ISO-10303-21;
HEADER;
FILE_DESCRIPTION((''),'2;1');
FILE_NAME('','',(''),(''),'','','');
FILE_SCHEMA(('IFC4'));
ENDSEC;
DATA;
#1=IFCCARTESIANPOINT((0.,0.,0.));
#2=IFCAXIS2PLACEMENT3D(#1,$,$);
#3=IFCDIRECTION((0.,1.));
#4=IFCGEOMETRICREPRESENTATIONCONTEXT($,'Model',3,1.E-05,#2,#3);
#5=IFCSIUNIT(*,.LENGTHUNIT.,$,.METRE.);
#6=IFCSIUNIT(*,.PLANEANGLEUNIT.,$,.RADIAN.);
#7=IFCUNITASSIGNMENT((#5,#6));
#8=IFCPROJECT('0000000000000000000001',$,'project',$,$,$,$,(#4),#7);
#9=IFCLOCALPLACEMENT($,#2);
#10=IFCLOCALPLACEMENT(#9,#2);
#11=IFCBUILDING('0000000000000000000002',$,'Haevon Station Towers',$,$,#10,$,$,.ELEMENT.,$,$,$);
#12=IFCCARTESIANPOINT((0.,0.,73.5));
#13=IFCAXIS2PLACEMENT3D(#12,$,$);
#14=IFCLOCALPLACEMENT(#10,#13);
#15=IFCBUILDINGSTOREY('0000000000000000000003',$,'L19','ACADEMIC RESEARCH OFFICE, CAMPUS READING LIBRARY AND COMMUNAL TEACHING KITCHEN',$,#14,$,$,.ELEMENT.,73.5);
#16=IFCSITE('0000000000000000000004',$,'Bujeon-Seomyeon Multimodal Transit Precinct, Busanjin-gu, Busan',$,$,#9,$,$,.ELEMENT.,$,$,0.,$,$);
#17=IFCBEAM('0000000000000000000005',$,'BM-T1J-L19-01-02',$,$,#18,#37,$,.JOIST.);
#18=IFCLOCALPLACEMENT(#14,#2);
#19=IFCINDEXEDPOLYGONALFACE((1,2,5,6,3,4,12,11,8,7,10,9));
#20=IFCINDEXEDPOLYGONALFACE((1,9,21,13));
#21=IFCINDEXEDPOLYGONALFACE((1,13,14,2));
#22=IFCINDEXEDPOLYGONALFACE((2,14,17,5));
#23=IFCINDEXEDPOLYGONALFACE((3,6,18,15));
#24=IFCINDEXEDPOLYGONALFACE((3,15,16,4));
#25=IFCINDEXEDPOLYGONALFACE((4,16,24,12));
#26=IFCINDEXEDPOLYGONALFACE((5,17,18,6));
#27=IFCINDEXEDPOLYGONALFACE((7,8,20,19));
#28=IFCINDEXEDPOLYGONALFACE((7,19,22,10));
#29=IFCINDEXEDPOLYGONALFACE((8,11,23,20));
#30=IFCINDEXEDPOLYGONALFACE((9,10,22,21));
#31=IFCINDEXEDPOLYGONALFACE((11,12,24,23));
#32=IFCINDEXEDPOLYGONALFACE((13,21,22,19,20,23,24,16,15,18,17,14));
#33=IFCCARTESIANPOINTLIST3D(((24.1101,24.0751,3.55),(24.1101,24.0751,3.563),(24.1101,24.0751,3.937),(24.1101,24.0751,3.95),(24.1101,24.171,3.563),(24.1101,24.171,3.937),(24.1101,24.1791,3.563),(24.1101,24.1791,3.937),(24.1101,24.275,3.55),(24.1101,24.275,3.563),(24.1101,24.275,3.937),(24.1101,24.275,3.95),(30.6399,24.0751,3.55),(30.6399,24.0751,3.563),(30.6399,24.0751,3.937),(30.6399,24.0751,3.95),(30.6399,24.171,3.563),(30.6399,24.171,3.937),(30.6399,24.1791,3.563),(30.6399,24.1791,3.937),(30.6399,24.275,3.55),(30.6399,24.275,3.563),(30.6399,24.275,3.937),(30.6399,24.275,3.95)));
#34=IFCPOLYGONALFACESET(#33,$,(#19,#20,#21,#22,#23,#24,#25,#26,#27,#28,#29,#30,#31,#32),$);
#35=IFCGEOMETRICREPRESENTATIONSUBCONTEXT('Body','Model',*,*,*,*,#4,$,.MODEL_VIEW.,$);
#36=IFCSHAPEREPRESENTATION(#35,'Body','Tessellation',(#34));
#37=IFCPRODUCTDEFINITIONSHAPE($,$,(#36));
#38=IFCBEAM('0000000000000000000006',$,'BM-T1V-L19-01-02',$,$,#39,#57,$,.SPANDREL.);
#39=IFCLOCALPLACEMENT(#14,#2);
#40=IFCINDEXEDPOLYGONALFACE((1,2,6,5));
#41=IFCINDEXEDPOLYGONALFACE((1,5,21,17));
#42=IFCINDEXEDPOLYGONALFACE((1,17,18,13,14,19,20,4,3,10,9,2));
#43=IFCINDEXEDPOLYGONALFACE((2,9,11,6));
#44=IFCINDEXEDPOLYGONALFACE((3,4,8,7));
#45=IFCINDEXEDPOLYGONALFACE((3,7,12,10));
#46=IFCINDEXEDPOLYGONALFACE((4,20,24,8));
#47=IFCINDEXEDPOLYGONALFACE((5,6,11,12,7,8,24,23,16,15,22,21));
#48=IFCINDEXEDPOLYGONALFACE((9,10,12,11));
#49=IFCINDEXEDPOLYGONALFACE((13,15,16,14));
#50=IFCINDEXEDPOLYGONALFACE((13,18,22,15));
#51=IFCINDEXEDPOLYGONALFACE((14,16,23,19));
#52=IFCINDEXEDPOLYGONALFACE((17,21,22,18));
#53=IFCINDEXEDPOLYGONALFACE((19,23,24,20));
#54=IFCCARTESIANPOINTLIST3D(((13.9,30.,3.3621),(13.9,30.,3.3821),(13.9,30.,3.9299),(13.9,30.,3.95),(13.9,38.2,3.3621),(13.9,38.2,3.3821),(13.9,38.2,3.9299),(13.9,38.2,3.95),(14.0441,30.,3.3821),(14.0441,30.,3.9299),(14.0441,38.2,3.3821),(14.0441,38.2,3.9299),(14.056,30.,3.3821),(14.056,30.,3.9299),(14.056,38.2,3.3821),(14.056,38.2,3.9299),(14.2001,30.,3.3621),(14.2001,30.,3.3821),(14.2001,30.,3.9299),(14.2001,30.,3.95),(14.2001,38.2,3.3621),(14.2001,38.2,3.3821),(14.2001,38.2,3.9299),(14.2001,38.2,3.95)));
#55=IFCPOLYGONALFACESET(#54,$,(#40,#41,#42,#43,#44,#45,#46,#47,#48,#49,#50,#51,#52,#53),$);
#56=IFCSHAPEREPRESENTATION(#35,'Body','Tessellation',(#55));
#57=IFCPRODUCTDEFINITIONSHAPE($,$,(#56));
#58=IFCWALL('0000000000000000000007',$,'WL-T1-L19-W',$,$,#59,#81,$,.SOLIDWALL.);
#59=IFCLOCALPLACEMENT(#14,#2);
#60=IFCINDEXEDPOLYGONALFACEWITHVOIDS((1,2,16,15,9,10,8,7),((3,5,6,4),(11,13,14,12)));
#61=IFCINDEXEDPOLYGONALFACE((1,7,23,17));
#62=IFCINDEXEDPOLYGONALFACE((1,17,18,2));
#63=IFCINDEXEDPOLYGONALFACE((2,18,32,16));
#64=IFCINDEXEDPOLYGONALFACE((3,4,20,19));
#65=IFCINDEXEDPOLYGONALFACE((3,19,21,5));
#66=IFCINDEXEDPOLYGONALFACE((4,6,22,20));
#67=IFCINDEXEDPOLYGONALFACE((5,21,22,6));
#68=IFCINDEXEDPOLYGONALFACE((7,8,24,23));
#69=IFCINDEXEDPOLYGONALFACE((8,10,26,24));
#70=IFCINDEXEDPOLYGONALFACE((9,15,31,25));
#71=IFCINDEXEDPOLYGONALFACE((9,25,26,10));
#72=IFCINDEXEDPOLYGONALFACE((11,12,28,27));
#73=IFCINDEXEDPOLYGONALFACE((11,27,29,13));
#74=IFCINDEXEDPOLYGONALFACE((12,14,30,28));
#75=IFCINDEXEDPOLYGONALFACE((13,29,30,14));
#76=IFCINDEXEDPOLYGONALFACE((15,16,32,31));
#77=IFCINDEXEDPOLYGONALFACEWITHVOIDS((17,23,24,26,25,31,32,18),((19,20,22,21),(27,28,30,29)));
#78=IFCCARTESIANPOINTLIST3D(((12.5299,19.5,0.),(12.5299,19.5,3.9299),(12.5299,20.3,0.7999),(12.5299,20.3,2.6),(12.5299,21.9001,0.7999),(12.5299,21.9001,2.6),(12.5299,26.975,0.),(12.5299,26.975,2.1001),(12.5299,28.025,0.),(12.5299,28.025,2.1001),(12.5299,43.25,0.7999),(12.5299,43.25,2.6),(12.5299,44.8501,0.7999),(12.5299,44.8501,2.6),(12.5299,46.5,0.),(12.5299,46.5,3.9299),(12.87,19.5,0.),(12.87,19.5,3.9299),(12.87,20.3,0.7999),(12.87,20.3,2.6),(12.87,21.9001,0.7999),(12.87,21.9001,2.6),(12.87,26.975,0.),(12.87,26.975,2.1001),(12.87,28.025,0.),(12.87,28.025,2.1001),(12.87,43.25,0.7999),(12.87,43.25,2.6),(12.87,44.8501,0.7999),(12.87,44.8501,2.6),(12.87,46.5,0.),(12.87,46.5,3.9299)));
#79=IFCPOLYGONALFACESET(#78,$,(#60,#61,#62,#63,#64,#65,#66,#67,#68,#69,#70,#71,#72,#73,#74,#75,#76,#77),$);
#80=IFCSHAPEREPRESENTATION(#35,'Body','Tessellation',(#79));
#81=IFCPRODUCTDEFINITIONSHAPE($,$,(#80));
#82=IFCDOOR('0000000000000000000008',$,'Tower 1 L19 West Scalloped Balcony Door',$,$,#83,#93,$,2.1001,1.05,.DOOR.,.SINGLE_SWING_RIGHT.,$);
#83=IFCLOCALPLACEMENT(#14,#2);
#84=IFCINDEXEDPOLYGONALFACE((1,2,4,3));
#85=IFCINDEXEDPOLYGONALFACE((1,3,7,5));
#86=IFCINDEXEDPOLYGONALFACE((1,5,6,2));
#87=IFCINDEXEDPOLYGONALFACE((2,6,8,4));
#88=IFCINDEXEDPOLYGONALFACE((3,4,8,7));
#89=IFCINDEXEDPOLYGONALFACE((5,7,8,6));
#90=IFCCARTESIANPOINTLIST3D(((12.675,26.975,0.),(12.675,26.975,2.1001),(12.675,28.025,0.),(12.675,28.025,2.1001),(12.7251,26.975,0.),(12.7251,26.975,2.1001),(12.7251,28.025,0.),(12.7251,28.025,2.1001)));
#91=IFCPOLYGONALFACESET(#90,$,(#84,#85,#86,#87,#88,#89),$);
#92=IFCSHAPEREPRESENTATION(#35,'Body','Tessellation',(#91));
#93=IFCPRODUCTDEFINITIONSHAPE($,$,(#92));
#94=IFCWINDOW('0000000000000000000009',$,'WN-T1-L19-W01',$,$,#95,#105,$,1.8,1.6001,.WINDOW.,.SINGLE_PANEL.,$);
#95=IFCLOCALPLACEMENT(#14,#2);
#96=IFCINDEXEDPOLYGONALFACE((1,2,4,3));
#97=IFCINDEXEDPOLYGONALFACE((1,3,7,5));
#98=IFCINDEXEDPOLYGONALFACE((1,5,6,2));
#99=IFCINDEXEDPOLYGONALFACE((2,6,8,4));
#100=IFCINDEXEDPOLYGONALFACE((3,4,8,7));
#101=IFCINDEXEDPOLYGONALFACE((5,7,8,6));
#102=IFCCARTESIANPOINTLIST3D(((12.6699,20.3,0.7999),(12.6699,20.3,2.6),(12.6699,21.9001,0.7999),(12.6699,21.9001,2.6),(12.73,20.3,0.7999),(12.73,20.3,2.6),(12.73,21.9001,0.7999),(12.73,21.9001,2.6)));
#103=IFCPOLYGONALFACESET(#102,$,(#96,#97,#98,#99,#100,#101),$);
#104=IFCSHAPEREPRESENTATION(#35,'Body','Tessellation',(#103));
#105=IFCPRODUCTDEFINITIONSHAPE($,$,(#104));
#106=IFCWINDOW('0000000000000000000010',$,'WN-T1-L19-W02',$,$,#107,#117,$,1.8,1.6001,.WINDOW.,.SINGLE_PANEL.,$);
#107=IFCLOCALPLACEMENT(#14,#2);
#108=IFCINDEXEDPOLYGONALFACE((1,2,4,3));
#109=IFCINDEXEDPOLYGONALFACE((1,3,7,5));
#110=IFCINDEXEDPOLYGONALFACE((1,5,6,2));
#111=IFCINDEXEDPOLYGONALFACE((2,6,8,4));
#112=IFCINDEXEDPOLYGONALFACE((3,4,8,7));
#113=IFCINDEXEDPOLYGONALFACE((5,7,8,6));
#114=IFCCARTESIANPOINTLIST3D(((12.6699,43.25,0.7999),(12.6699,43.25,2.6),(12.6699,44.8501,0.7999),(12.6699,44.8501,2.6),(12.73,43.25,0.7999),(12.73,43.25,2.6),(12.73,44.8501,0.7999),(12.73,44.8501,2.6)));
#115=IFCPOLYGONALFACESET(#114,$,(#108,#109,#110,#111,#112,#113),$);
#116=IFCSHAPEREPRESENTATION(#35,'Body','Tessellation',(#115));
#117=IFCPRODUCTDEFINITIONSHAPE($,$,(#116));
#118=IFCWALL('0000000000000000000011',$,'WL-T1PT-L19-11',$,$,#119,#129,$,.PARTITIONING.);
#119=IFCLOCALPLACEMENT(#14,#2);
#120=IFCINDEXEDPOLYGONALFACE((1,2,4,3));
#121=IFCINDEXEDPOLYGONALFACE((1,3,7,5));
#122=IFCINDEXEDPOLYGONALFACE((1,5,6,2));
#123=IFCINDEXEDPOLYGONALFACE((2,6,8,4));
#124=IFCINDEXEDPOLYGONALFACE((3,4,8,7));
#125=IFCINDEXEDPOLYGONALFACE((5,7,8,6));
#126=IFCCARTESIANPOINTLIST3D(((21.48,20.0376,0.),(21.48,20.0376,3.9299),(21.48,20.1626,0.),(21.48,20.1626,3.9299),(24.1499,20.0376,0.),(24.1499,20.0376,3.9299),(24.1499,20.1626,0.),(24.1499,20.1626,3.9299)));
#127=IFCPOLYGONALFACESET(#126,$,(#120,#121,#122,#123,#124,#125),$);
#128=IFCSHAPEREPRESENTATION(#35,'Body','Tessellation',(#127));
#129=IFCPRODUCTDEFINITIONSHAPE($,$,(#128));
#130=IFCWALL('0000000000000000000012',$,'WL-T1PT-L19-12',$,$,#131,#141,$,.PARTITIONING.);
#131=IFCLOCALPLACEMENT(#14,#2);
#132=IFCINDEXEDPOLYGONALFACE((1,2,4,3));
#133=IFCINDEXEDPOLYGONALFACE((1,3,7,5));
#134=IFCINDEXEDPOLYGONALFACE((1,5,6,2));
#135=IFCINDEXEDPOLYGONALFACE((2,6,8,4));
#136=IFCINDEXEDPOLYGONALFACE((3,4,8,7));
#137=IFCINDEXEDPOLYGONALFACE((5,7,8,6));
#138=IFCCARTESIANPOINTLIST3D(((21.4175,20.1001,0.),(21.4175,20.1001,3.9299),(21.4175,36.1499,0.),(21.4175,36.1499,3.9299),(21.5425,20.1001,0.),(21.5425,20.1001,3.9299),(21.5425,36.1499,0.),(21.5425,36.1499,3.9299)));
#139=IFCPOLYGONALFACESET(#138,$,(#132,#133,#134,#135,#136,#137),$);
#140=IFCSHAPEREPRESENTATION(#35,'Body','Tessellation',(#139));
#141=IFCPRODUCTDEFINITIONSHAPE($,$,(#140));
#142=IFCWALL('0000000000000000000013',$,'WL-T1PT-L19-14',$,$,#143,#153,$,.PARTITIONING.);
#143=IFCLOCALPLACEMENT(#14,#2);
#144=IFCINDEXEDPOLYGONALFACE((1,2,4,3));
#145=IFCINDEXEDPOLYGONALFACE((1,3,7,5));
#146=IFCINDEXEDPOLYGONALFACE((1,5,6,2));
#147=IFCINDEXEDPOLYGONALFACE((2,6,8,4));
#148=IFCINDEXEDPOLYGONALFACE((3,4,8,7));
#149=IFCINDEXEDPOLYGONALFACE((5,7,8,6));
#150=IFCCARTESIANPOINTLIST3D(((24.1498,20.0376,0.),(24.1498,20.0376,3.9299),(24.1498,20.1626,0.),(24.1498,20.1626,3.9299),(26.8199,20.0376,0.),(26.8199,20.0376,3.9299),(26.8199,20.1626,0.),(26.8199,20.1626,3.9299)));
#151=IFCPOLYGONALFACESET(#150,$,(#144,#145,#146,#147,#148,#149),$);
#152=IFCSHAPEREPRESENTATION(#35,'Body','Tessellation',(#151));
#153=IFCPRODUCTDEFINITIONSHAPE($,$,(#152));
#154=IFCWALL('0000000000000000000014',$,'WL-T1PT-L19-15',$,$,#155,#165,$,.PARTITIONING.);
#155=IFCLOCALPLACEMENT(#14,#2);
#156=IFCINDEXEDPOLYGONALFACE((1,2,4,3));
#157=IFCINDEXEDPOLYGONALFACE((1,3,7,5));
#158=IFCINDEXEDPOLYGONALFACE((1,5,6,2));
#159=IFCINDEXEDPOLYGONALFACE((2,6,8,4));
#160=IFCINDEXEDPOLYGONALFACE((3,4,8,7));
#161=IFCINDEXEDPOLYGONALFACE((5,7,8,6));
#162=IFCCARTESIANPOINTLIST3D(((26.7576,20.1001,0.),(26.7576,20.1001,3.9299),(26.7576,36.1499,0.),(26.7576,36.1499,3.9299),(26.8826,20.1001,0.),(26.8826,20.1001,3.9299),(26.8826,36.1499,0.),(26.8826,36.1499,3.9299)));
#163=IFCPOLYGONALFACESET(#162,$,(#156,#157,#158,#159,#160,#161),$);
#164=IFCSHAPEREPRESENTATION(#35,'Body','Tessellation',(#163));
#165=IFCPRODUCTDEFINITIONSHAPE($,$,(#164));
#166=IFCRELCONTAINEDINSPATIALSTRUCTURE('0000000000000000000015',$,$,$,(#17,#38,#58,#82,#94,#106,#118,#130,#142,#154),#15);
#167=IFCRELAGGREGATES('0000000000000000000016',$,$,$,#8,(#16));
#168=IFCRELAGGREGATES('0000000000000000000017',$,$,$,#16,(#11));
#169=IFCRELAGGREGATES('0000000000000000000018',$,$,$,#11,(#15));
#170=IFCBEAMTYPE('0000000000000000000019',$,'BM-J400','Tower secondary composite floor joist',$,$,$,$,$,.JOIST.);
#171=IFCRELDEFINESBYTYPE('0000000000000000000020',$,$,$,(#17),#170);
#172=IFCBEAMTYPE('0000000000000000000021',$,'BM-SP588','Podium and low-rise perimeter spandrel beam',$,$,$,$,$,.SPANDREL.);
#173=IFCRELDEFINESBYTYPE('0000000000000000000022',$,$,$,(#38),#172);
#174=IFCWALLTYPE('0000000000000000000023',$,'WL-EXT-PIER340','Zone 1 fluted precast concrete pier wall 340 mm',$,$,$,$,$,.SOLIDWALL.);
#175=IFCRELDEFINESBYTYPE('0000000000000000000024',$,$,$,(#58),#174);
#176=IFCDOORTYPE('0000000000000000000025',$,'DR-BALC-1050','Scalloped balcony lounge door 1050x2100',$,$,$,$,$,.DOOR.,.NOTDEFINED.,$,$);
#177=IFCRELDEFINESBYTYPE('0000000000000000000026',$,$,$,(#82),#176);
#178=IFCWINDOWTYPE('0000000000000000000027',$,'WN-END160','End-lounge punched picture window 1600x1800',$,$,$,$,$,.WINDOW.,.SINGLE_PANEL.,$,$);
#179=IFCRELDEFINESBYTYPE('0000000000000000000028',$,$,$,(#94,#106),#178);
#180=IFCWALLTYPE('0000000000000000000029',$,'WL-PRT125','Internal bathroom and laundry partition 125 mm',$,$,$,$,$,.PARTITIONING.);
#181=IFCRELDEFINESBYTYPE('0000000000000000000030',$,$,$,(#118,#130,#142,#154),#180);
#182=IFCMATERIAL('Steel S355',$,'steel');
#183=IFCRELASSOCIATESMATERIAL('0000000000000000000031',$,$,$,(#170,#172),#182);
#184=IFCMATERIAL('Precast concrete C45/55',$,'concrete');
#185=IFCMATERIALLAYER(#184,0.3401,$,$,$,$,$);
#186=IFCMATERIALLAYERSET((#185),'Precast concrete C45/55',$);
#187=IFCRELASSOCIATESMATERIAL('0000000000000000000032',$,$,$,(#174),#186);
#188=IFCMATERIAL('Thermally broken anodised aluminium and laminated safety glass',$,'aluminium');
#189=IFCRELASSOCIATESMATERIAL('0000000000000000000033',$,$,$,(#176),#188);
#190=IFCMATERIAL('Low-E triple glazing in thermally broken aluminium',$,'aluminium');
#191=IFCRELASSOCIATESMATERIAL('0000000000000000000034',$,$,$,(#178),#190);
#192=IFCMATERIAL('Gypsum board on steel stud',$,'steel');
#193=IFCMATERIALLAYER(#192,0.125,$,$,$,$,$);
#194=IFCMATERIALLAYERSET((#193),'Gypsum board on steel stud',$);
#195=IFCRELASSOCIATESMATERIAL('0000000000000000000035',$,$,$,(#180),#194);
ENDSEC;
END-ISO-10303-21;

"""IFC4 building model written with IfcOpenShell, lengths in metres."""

from ifc_helpers import new_model, si_unit, direction, frame, frame_2d, origin, origin_2d, place, context, subcontext, project, spatial, rectangle, i_section, extrude, material, layer, layer_set, material_profile, profile_set, type_object, element, fill, save


model = new_model("IFC4")

# Units and contexts
model_context = context("Model", 3, precision=1e-05, world=origin(), true_north=direction((0.0, 1.0)))
body_context = subcontext(model_context, "Body", "Model", "MODEL_VIEW")
ifc_project = project(units=[si_unit("LENGTHUNIT", "METRE"), si_unit("PLANEANGLEUNIT", "RADIAN")], contexts=[model_context])

# Site, building, storey
site_placement = place(None, origin())
site = spatial("IfcSite", under=ifc_project, at=site_placement, Name="Bujeon-Seomyeon Multimodal Transit Precinct, Busanjin-gu, Busan", CompositionType="ELEMENT", RefElevation=0.0)
building_placement = place(site_placement, origin())
building = spatial("IfcBuilding", under=site, at=building_placement, Name="Haevon Station Towers", CompositionType="ELEMENT")
storey_placement = place(building_placement, frame((0.0, 0.0, 73.5)))
storey = spatial("IfcBuildingStorey", under=building, at=storey_placement, Name="L19", Description="ACADEMIC RESEARCH OFFICE, CAMPUS READING LIBRARY AND COMMUNAL TEACHING KITCHEN", CompositionType="ELEMENT", Elevation=73.5)

# Beams
ifc_material_1 = material(Name="Steel S355", Category="steel")
ifc_material_profile_1 = material_profile(ifc_material_1, i_section(OverallWidth=0.2, OverallDepth=0.3999, WebThickness=0.0081, FlangeThickness=0.0129, at=origin_2d()), Name="H-400x200x8x13")
ifc_profile_set_1 = profile_set([ifc_material_profile_1], Name="Steel S355")
beam_type_1 = type_object("IfcBeamType", Name="BM-J400", Description="Tower secondary composite floor joist", PredefinedType="JOIST", material=ifc_profile_set_1)
beam_1_placement = place(storey_placement, frame((24.1101, 24.175, 3.75), z_axis=(1.0, 0.0, 0.0), x_axis=(0.0, 1.0, 0.0)))
element("IfcBeam", 1, at=beam_1_placement, inside=storey, type_object=beam_type_1, Name="BM-T1J-L19-01-02", PredefinedType="JOIST", context=body_context, shape_type="SweptSolid", body=[
    extrude(i_section(OverallWidth=0.2, OverallDepth=0.3999, WebThickness=0.0081, FlangeThickness=0.0129, at=origin_2d()), origin(), (0.0, 0.0, 1.0), 6.5298),
])
ifc_material_profile_2 = material_profile(ifc_material_1, i_section(OverallWidth=0.3, OverallDepth=0.5879, WebThickness=0.012, FlangeThickness=0.02, at=origin_2d()), Name="H-588x300x12x20")
ifc_profile_set_2 = profile_set([ifc_material_profile_2], Name="Steel S355")
beam_type_2 = type_object("IfcBeamType", Name="BM-SP588", Description="Podium and low-rise perimeter spandrel beam", PredefinedType="SPANDREL", material=ifc_profile_set_2)
beam_2_placement = place(storey_placement, frame((14.05, 30.0, 3.656), z_axis=(0.0, 1.0, 0.0), x_axis=(-1.0, 0.0, 0.0)))
element("IfcBeam", 2, at=beam_2_placement, inside=storey, type_object=beam_type_2, Name="BM-T1V-L19-01-02", PredefinedType="SPANDREL", context=body_context, shape_type="SweptSolid", body=[
    extrude(i_section(OverallWidth=0.3, OverallDepth=0.5879, WebThickness=0.012, FlangeThickness=0.02, at=origin_2d()), origin(), (0.0, 0.0, 1.0), 8.2),
])

# Wall, openings, door, windows
ifc_material_2 = material(Name="Precast concrete C45/55", Category="concrete")
ifc_layer_1 = layer(ifc_material_2, 0.3401)
ifc_layer_set_1 = layer_set([ifc_layer_1], Name="Precast concrete C45/55")
wall_type_1 = type_object("IfcWallType", Name="WL-EXT-PIER340", Description="Zone 1 fluted precast concrete pier wall 340 mm", PredefinedType="SOLIDWALL", material=ifc_layer_set_1)
wall_1_placement = place(storey_placement, frame((12.7, 19.5, 0.0), z_axis=(0.0, 0.0, 1.0), x_axis=(0.0, 1.0, 0.0)))
wall_1 = element("IfcWall", 3, at=wall_1_placement, inside=storey, type_object=wall_type_1, Name="WL-T1-L19-W", PredefinedType="SOLIDWALL", context=body_context, shape_type="SweptSolid", body=[
    extrude(rectangle(XDim=27.0, YDim=0.3401, at=frame_2d((13.5, 0.0))), origin(), (0.0, 0.0, 1.0), 3.9299),
])
opening_1_placement = place(wall_1_placement, frame((7.4751, 0.0, 0.0)))
opening_1 = element("IfcOpeningElement", 4, at=opening_1_placement, cuts=wall_1, PredefinedType="OPENING", context=body_context, shape_type="SweptSolid", body=[
    extrude(rectangle(XDim=1.05, YDim=2.1001, at=frame_2d((0.5249, 1.05))), frame((0.0, 0.1799, 0.0), z_axis=(0.0, -1.0, 0.0), x_axis=(1.0, 0.0, 0.0)), (0.0, 0.0, 1.0), 0.3601),
])
opening_2_placement = place(wall_1_placement, frame((0.8, 0.0, 0.8)))
opening_2 = element("IfcOpeningElement", 5, at=opening_2_placement, cuts=wall_1, PredefinedType="OPENING", context=body_context, shape_type="SweptSolid", body=[
    extrude(rectangle(XDim=1.6001, YDim=1.8, at=frame_2d((0.8, 0.8999))), frame((0.0, 0.1799, 0.0), z_axis=(0.0, -1.0, 0.0), x_axis=(1.0, 0.0, 0.0)), (0.0, 0.0, 1.0), 0.3601),
])
opening_3_placement = place(wall_1_placement, frame((23.75, 0.0, 0.8)))
opening_3 = element("IfcOpeningElement", 6, at=opening_3_placement, cuts=wall_1, PredefinedType="OPENING", context=body_context, shape_type="SweptSolid", body=[
    extrude(rectangle(XDim=1.6001, YDim=1.8, at=frame_2d((0.8, 0.8999))), frame((0.0, 0.1799, 0.0), z_axis=(0.0, -1.0, 0.0), x_axis=(1.0, 0.0, 0.0)), (0.0, 0.0, 1.0), 0.3601),
])
ifc_material_3 = material(Name="Thermally broken anodised aluminium and laminated safety glass", Category="aluminium")
door_type = type_object("IfcDoorType", Name="DR-BALC-1050", Description="Scalloped balcony lounge door 1050x2100", OperationType="NOTDEFINED", PredefinedType="DOOR", material=ifc_material_3)
door_placement = place(opening_1_placement, origin())
door = element("IfcDoor", 7, at=door_placement, inside=storey, type_object=door_type, Name="Tower 1 L19 West Scalloped Balcony Door", OperationType="SINGLE_SWING_RIGHT", OverallHeight=2.1001, OverallWidth=1.05, PredefinedType="DOOR", context=body_context, shape_type="SweptSolid", body=[
    extrude(rectangle(XDim=1.05, YDim=2.1001, at=frame_2d((0.5249, 1.05))), frame((0.0, 0.0249, 0.0), z_axis=(0.0, -1.0, 0.0), x_axis=(1.0, 0.0, 0.0)), (0.0, 0.0, 1.0), 0.05),
])
fill(opening_1, door)
ifc_material_4 = material(Name="Low-E triple glazing in thermally broken aluminium", Category="aluminium")
window_type = type_object("IfcWindowType", Name="WN-END160", Description="End-lounge punched picture window 1600x1800", PartitioningType="SINGLE_PANEL", PredefinedType="WINDOW", material=ifc_material_4)
window_1_placement = place(opening_2_placement, origin())
window_1 = element("IfcWindow", 8, at=window_1_placement, inside=storey, type_object=window_type, Name="WN-T1-L19-W01", OverallHeight=1.8, OverallWidth=1.6001, PartitioningType="SINGLE_PANEL", PredefinedType="WINDOW", context=body_context, shape_type="SweptSolid", body=[
    extrude(rectangle(XDim=1.6001, YDim=1.8, at=frame_2d((0.8, 0.8999))), frame((0.0, 0.03, 0.0), z_axis=(0.0, -1.0, 0.0), x_axis=(1.0, 0.0, 0.0)), (0.0, 0.0, 1.0), 0.0601),
])
fill(opening_2, window_1)
window_2_placement = place(opening_3_placement, origin())
window_2 = element("IfcWindow", 9, at=window_2_placement, inside=storey, type_object=window_type, Name="WN-T1-L19-W02", OverallHeight=1.8, OverallWidth=1.6001, PartitioningType="SINGLE_PANEL", PredefinedType="WINDOW", context=body_context, shape_type="SweptSolid", body=[
    extrude(rectangle(XDim=1.6001, YDim=1.8, at=frame_2d((0.8, 0.8999))), frame((0.0, 0.03, 0.0), z_axis=(0.0, -1.0, 0.0), x_axis=(1.0, 0.0, 0.0)), (0.0, 0.0, 1.0), 0.0601),
])
fill(opening_3, window_2)

# Walls
ifc_material_5 = material(Name="Gypsum board on steel stud", Category="steel")
ifc_layer_2 = layer(ifc_material_5, 0.125)
ifc_layer_set_2 = layer_set([ifc_layer_2], Name="Gypsum board on steel stud")
wall_type_2 = type_object("IfcWallType", Name="WL-PRT125", Description="Internal bathroom and laundry partition 125 mm", PredefinedType="PARTITIONING", material=ifc_layer_set_2)
wall_2_placement = place(storey_placement, frame((21.48, 20.1001, 0.0), z_axis=(0.0, 0.0, 1.0), x_axis=(1.0, 0.0, 0.0)))
element("IfcWall", 10, at=wall_2_placement, inside=storey, type_object=wall_type_2, Name="WL-T1PT-L19-11", PredefinedType="PARTITIONING", context=body_context, shape_type="SweptSolid", body=[
    extrude(rectangle(XDim=2.6699, YDim=0.125, at=frame_2d((1.335, 0.0))), origin(), (0.0, 0.0, 1.0), 3.9299),
])
wall_3_placement = place(storey_placement, frame((21.48, 20.1001, 0.0), z_axis=(0.0, 0.0, 1.0), x_axis=(0.0, 1.0, 0.0)))
element("IfcWall", 11, at=wall_3_placement, inside=storey, type_object=wall_type_2, Name="WL-T1PT-L19-12", PredefinedType="PARTITIONING", context=body_context, shape_type="SweptSolid", body=[
    extrude(rectangle(XDim=16.0498, YDim=0.125, at=frame_2d((8.0249, 0.0))), origin(), (0.0, 0.0, 1.0), 3.9299),
])
wall_4_placement = place(storey_placement, frame((24.1499, 20.1001, 0.0), z_axis=(0.0, 0.0, 1.0), x_axis=(1.0, 0.0, 0.0)))
element("IfcWall", 12, at=wall_4_placement, inside=storey, type_object=wall_type_2, Name="WL-T1PT-L19-14", PredefinedType="PARTITIONING", context=body_context, shape_type="SweptSolid", body=[
    extrude(rectangle(XDim=2.6702, YDim=0.125, at=frame_2d((1.335, 0.0))), origin(), (0.0, 0.0, 1.0), 3.9299),
])
wall_5_placement = place(storey_placement, frame((26.8201, 20.1001, 0.0), z_axis=(0.0, 0.0, 1.0), x_axis=(0.0, 1.0, 0.0)))
element("IfcWall", 13, at=wall_5_placement, inside=storey, type_object=wall_type_2, Name="WL-T1PT-L19-15", PredefinedType="PARTITIONING", context=body_context, shape_type="SweptSolid", body=[
    extrude(rectangle(XDim=16.0498, YDim=0.125, at=frame_2d((8.0249, 0.0))), origin(), (0.0, 0.0, 1.0), 3.9299),
])

save(model, "model.ifc")
